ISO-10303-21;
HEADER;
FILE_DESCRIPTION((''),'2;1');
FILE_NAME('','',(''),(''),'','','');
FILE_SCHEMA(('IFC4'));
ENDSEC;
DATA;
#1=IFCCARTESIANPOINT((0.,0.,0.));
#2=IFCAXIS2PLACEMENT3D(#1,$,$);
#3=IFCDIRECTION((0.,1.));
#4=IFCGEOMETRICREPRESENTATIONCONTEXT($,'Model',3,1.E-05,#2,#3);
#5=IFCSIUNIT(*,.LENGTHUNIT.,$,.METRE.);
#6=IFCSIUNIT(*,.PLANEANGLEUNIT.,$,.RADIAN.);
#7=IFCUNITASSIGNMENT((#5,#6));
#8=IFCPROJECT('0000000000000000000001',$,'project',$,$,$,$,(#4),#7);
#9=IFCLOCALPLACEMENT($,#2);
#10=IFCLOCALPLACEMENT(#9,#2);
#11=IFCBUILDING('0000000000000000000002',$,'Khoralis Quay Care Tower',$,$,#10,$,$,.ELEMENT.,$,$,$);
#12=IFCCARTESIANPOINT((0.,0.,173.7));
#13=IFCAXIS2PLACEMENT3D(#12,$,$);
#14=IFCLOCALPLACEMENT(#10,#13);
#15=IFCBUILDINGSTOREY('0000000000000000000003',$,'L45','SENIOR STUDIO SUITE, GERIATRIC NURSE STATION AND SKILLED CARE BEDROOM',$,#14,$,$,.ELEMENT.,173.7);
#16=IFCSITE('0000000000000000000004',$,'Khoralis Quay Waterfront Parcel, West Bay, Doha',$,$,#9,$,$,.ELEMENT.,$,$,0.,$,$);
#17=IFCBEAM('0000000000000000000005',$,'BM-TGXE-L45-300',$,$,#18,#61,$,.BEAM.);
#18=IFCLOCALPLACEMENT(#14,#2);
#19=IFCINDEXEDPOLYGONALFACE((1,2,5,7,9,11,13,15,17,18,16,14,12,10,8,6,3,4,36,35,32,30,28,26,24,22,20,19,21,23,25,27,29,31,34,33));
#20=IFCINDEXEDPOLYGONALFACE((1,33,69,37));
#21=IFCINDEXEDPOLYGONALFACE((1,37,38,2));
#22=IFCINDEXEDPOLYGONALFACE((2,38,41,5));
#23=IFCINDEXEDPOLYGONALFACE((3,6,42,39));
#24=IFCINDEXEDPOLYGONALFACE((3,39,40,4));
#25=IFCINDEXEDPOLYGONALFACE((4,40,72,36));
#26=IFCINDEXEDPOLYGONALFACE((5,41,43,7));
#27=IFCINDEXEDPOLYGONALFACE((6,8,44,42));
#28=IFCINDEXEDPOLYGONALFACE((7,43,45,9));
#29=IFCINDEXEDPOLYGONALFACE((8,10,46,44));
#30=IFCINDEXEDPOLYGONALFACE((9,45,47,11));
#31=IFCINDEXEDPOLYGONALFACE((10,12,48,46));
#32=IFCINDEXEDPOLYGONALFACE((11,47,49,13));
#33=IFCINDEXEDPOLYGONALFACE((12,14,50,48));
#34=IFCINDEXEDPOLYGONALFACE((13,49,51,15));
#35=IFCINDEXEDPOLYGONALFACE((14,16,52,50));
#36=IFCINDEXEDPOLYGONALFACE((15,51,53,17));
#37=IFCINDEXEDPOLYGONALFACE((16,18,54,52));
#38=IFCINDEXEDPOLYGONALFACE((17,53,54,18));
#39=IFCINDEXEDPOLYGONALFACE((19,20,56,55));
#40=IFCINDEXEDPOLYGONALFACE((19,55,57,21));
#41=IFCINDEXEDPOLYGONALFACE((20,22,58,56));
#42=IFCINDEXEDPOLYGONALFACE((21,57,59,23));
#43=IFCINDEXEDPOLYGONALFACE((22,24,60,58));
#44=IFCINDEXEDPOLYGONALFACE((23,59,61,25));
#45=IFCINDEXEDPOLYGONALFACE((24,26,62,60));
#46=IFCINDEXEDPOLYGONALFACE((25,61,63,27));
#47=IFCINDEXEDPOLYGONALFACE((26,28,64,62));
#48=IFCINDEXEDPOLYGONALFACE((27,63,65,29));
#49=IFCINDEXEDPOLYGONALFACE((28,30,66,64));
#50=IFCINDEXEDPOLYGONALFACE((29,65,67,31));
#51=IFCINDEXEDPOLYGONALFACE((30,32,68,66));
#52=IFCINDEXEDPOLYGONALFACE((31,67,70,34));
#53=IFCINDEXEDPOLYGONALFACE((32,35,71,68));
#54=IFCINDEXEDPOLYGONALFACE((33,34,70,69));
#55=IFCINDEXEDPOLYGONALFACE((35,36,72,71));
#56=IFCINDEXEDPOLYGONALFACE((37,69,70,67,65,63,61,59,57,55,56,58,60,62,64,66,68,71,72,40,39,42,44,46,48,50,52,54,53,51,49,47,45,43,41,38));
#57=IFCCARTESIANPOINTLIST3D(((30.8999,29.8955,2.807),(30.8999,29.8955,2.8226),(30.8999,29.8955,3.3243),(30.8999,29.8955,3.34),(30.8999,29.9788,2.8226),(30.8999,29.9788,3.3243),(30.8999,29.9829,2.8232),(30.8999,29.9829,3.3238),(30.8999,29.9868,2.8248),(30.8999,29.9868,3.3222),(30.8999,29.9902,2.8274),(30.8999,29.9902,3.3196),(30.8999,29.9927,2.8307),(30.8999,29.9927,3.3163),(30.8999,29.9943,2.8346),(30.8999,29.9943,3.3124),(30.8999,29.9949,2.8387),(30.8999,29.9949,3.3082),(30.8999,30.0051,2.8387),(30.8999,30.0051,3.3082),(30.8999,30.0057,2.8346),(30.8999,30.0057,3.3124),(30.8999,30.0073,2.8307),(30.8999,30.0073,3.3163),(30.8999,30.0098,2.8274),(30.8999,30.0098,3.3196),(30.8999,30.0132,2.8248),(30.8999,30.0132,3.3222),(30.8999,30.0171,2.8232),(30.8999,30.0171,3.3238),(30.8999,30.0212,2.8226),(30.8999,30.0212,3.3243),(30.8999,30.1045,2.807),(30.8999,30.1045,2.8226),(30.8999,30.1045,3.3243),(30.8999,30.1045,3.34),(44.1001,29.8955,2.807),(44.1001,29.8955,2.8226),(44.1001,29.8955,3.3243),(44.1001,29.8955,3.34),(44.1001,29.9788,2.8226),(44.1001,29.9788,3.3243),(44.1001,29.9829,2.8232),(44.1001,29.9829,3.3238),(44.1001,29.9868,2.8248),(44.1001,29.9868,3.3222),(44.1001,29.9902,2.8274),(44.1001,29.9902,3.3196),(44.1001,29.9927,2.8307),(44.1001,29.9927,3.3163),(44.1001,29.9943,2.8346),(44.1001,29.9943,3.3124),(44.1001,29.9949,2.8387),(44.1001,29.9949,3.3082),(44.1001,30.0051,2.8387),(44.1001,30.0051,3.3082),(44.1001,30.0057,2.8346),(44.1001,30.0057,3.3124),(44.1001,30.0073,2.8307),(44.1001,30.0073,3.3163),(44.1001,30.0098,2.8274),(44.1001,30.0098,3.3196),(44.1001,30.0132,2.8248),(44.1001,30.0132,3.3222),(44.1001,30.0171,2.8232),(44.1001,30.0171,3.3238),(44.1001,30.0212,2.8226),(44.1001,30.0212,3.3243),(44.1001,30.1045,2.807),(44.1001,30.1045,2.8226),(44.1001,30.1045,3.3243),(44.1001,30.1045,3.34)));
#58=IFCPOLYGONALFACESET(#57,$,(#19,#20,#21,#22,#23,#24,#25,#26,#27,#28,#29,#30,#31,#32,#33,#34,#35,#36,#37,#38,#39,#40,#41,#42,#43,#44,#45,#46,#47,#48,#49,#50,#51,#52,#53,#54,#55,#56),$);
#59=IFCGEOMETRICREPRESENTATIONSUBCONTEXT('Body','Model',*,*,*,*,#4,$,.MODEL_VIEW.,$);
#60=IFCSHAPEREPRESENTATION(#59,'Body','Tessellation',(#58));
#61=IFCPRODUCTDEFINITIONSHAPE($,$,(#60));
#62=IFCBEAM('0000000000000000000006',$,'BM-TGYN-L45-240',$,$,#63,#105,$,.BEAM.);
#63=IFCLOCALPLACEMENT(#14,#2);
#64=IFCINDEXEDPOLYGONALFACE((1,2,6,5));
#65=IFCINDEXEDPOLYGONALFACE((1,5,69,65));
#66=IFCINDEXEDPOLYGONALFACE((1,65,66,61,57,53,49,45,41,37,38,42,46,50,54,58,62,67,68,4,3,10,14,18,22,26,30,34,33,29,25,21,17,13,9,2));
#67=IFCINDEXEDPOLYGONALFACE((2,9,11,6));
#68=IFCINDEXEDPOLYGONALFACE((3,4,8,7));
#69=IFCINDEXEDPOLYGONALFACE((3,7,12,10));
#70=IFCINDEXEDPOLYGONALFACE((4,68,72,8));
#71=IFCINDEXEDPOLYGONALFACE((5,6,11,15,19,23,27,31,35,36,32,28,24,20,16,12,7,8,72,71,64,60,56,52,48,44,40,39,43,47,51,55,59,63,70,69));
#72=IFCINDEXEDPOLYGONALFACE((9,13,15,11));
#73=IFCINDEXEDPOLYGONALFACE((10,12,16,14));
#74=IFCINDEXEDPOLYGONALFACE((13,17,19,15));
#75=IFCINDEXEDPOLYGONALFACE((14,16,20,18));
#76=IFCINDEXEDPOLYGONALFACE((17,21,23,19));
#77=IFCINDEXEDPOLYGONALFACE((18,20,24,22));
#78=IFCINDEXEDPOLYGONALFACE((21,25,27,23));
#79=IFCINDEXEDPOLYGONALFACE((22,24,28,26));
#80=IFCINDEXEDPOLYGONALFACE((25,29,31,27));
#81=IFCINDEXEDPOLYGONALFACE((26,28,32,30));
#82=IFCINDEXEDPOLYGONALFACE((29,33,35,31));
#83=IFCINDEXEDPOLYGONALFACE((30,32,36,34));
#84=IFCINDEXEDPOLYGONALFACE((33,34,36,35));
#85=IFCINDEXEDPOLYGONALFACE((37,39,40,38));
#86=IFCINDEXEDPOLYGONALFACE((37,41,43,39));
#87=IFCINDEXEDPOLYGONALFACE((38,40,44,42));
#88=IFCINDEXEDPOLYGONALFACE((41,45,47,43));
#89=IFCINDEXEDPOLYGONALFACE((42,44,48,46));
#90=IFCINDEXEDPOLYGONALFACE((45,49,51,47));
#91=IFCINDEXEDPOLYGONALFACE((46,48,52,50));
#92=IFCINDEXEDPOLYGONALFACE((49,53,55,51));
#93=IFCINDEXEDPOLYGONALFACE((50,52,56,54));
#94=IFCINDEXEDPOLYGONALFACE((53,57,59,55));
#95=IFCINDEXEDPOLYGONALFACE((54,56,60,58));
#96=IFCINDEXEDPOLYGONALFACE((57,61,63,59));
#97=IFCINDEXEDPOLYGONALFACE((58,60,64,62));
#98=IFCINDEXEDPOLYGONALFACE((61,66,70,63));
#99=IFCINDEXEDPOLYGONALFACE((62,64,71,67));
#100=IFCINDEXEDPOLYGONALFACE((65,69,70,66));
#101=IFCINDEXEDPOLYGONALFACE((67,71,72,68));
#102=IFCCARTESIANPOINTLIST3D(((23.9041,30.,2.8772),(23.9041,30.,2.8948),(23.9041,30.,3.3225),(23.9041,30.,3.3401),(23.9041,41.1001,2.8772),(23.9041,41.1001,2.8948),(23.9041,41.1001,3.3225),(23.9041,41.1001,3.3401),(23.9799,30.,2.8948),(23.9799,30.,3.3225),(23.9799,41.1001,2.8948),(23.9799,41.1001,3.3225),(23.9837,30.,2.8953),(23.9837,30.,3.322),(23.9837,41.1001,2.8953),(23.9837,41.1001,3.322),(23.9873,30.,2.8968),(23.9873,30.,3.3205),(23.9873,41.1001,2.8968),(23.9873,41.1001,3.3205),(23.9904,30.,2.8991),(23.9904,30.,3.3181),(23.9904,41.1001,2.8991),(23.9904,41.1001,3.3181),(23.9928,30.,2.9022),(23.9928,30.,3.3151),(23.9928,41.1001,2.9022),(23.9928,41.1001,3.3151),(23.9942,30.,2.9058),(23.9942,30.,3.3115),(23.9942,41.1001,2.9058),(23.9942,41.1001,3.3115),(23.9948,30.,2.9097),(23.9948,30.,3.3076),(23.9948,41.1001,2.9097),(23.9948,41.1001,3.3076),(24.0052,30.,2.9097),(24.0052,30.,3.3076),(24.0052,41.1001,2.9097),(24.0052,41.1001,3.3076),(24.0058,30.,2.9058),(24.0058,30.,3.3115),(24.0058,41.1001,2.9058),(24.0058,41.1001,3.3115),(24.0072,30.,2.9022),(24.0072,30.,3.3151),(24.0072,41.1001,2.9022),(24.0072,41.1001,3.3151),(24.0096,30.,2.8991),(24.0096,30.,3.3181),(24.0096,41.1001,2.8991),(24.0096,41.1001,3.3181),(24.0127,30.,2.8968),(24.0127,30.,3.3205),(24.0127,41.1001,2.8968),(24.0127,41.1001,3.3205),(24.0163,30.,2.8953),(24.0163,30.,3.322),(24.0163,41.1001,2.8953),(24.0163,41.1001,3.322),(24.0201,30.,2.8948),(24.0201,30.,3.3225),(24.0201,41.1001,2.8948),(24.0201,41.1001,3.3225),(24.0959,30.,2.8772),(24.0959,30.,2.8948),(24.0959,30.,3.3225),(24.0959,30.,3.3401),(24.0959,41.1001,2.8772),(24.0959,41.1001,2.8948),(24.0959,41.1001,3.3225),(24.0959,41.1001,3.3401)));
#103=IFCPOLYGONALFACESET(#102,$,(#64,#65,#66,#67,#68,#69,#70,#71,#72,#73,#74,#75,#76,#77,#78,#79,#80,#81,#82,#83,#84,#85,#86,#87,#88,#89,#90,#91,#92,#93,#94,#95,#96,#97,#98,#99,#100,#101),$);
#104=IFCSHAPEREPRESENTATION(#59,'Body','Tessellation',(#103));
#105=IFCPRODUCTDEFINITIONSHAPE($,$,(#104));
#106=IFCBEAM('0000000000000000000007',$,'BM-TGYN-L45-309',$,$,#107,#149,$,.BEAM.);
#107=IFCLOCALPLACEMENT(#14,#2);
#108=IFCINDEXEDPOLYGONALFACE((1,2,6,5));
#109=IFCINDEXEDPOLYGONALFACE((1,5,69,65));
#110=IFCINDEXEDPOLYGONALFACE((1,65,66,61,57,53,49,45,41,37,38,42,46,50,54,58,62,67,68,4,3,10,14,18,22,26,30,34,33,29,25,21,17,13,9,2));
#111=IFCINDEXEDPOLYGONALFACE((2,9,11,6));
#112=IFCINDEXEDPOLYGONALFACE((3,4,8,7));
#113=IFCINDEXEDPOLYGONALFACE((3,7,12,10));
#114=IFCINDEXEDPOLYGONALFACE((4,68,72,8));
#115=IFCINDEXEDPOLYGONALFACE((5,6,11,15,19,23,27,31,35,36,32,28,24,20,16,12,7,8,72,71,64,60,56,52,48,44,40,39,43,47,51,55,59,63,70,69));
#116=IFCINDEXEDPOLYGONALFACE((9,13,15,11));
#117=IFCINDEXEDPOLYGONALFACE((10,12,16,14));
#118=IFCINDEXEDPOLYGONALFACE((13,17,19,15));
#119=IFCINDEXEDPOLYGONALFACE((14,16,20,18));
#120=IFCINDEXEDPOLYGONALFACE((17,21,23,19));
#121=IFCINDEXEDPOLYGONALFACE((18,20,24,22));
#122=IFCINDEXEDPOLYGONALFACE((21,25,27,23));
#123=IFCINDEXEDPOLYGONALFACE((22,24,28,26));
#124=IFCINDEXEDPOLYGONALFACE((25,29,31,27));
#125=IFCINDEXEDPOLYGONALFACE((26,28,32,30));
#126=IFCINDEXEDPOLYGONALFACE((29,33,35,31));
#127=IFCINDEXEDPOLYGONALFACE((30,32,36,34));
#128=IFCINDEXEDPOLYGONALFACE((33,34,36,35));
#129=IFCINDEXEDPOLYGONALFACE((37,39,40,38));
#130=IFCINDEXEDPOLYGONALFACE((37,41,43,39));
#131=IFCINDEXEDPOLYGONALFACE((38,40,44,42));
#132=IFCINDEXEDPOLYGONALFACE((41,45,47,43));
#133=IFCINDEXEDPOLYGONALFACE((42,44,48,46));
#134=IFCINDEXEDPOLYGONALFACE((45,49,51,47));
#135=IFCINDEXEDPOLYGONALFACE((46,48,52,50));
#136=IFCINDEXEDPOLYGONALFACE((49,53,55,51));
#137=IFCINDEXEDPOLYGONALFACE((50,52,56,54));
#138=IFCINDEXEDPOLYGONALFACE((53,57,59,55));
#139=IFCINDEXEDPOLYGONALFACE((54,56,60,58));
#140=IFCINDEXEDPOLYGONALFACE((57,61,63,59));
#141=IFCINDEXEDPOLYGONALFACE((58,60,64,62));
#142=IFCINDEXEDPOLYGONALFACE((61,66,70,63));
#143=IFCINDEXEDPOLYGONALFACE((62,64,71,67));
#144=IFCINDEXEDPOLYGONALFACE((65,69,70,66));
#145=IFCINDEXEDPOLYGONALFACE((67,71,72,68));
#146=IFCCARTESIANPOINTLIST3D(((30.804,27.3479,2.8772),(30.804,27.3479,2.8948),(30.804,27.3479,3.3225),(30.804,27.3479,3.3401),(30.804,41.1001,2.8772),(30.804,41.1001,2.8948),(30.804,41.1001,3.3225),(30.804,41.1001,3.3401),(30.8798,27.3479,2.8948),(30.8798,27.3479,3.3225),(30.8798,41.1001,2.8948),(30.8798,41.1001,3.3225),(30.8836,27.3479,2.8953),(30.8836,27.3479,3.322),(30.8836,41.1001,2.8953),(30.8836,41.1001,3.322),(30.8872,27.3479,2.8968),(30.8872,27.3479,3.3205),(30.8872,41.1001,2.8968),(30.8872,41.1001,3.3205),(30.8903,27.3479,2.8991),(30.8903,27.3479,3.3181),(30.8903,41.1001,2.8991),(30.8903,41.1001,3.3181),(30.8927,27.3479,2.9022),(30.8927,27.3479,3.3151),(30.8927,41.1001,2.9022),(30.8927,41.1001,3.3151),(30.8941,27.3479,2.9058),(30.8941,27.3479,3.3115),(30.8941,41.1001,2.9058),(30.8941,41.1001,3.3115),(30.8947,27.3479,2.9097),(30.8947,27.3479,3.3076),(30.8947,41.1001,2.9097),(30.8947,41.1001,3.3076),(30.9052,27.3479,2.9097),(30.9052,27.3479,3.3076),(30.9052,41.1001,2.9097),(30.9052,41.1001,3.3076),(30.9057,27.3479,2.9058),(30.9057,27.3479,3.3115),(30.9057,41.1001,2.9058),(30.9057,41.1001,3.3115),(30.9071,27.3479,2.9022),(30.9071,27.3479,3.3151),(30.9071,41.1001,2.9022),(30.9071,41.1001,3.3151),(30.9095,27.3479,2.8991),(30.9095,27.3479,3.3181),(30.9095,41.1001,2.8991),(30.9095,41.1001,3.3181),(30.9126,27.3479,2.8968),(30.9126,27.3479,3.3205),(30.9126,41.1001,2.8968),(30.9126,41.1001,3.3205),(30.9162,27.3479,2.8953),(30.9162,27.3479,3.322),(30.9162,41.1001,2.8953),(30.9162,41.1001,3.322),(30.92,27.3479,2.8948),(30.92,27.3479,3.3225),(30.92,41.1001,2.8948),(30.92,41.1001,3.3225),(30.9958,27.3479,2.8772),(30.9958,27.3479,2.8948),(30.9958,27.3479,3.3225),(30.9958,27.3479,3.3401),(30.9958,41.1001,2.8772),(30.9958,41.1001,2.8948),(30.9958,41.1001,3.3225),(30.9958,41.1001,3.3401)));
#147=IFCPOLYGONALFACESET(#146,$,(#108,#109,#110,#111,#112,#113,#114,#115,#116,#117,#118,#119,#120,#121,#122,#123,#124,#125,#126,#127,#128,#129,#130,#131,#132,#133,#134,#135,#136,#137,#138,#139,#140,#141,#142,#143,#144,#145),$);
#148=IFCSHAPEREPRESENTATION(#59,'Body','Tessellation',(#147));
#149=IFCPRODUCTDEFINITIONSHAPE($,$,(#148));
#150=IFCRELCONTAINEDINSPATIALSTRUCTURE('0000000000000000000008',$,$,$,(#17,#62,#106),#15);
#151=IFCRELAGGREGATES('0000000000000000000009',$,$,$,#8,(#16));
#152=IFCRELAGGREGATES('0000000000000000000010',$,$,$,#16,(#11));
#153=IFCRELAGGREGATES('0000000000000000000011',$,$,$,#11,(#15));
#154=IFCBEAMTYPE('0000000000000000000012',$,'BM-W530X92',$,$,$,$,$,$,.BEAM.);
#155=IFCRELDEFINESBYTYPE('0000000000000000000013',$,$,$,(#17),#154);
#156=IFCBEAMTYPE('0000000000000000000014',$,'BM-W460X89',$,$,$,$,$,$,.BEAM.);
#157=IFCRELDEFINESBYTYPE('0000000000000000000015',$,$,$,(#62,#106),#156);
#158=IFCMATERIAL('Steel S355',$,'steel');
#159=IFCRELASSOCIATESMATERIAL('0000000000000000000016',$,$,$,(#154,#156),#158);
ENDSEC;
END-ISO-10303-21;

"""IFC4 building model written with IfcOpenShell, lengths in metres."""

from ifc_helpers import new_model, si_unit, direction, frame, origin, origin_2d, place, context, subcontext, project, spatial, i_section, extrude, source, transform, mapped, material, material_profile, profile_set, type_object, element, save


model = new_model("IFC4")

# Units and contexts
model_context = context("Model", 3, precision=1e-05, world=origin(), true_north=direction((0.0, 1.0)))
body_context = subcontext(model_context, "Body", "Model", "MODEL_VIEW")
ifc_project = project(units=[si_unit("LENGTHUNIT", "METRE"), si_unit("PLANEANGLEUNIT", "RADIAN")], contexts=[model_context])

# Site, building, storey
site_placement = place(None, origin())
site = spatial("IfcSite", under=ifc_project, at=site_placement, Name="Khoralis Quay Waterfront Parcel, West Bay, Doha", CompositionType="ELEMENT", RefElevation=0.0)
building_placement = place(site_placement, origin())
building = spatial("IfcBuilding", under=site, at=building_placement, Name="Khoralis Quay Care Tower", CompositionType="ELEMENT")
storey_placement = place(building_placement, frame((0.0, 0.0, 173.7)))
storey = spatial("IfcBuildingStorey", under=building, at=storey_placement, Name="L45", Description="SENIOR STUDIO SUITE, GERIATRIC NURSE STATION AND SKILLED CARE BEDROOM", CompositionType="ELEMENT", Elevation=173.7)

# Beams
ifc_material_1 = material(Name="Steel S355", Category="steel")
ifc_material_profile_1 = material_profile(ifc_material_1, i_section(OverallWidth=0.209, OverallDepth=0.533, WebThickness=0.0103, FlangeThickness=0.0156, FilletRadius=0.0161, at=origin_2d()), Name="Steel S355")
ifc_profile_set_1 = profile_set([ifc_material_profile_1], Name="Steel S355")
beam_type_1 = type_object("IfcBeamType", Name="BM-W530X92", PredefinedType="BEAM", material=ifc_profile_set_1)
shared_shape_1 = source(origin(), body_context, "Body", "SweptSolid", [
    extrude(i_section(OverallWidth=0.209, OverallDepth=0.533, WebThickness=0.0103, FlangeThickness=0.0156, FilletRadius=0.0161, at=origin_2d()), origin(), (0.0, 0.0, 1.0), 13.2002),
])
beam_1_placement = place(storey_placement, frame((30.8999, 30.0, 3.0735), z_axis=(1.0, 0.0, 0.0), x_axis=(0.0, 1.0, 0.0)))
element("IfcBeam", 1, at=beam_1_placement, inside=storey, type_object=beam_type_1, Name="BM-TGXE-L45-300", PredefinedType="BEAM", context=body_context, shape_type="MappedRepresentation", body=[
    mapped(shared_shape_1, transform((0.0, 0.0, 0.0), scale=1.0)),
])
ifc_material_profile_2 = material_profile(ifc_material_1, i_section(OverallWidth=0.1919, OverallDepth=0.4629, WebThickness=0.0105, FlangeThickness=0.0176, FilletRadius=0.0149, at=origin_2d()), Name="Steel S355")
ifc_profile_set_2 = profile_set([ifc_material_profile_2], Name="Steel S355")
beam_type_2 = type_object("IfcBeamType", Name="BM-W460X89", PredefinedType="BEAM", material=ifc_profile_set_2)
shared_shape_2 = source(origin(), body_context, "Body", "SweptSolid", [
    extrude(i_section(OverallWidth=0.1919, OverallDepth=0.4629, WebThickness=0.0105, FlangeThickness=0.0176, FilletRadius=0.0149, at=origin_2d()), origin(), (0.0, 0.0, 1.0), 11.1001),
])
beam_2_placement = place(storey_placement, frame((24.0, 30.0, 3.1086), z_axis=(0.0, 1.0, 0.0), x_axis=(-1.0, 0.0, 0.0)))
element("IfcBeam", 2, at=beam_2_placement, inside=storey, type_object=beam_type_2, Name="BM-TGYN-L45-240", PredefinedType="BEAM", context=body_context, shape_type="MappedRepresentation", body=[
    mapped(shared_shape_2, transform((0.0, 0.0, 0.0), scale=1.0)),
])
shared_shape_3 = source(origin(), body_context, "Body", "SweptSolid", [
    extrude(i_section(OverallWidth=0.1919, OverallDepth=0.4629, WebThickness=0.0105, FlangeThickness=0.0176, FilletRadius=0.0149, at=origin_2d()), origin(), (0.0, 0.0, 1.0), 13.7522),
])
beam_3_placement = place(storey_placement, frame((30.8999, 27.3479, 3.1086), z_axis=(0.0, 1.0, 0.0), x_axis=(-1.0, 0.0, 0.0)))
element("IfcBeam", 3, at=beam_3_placement, inside=storey, type_object=beam_type_2, Name="BM-TGYN-L45-309", PredefinedType="BEAM", context=body_context, shape_type="MappedRepresentation", body=[
    mapped(shared_shape_3, transform((0.0, 0.0, 0.0), scale=1.0)),
])

save(model, "model.ifc")
